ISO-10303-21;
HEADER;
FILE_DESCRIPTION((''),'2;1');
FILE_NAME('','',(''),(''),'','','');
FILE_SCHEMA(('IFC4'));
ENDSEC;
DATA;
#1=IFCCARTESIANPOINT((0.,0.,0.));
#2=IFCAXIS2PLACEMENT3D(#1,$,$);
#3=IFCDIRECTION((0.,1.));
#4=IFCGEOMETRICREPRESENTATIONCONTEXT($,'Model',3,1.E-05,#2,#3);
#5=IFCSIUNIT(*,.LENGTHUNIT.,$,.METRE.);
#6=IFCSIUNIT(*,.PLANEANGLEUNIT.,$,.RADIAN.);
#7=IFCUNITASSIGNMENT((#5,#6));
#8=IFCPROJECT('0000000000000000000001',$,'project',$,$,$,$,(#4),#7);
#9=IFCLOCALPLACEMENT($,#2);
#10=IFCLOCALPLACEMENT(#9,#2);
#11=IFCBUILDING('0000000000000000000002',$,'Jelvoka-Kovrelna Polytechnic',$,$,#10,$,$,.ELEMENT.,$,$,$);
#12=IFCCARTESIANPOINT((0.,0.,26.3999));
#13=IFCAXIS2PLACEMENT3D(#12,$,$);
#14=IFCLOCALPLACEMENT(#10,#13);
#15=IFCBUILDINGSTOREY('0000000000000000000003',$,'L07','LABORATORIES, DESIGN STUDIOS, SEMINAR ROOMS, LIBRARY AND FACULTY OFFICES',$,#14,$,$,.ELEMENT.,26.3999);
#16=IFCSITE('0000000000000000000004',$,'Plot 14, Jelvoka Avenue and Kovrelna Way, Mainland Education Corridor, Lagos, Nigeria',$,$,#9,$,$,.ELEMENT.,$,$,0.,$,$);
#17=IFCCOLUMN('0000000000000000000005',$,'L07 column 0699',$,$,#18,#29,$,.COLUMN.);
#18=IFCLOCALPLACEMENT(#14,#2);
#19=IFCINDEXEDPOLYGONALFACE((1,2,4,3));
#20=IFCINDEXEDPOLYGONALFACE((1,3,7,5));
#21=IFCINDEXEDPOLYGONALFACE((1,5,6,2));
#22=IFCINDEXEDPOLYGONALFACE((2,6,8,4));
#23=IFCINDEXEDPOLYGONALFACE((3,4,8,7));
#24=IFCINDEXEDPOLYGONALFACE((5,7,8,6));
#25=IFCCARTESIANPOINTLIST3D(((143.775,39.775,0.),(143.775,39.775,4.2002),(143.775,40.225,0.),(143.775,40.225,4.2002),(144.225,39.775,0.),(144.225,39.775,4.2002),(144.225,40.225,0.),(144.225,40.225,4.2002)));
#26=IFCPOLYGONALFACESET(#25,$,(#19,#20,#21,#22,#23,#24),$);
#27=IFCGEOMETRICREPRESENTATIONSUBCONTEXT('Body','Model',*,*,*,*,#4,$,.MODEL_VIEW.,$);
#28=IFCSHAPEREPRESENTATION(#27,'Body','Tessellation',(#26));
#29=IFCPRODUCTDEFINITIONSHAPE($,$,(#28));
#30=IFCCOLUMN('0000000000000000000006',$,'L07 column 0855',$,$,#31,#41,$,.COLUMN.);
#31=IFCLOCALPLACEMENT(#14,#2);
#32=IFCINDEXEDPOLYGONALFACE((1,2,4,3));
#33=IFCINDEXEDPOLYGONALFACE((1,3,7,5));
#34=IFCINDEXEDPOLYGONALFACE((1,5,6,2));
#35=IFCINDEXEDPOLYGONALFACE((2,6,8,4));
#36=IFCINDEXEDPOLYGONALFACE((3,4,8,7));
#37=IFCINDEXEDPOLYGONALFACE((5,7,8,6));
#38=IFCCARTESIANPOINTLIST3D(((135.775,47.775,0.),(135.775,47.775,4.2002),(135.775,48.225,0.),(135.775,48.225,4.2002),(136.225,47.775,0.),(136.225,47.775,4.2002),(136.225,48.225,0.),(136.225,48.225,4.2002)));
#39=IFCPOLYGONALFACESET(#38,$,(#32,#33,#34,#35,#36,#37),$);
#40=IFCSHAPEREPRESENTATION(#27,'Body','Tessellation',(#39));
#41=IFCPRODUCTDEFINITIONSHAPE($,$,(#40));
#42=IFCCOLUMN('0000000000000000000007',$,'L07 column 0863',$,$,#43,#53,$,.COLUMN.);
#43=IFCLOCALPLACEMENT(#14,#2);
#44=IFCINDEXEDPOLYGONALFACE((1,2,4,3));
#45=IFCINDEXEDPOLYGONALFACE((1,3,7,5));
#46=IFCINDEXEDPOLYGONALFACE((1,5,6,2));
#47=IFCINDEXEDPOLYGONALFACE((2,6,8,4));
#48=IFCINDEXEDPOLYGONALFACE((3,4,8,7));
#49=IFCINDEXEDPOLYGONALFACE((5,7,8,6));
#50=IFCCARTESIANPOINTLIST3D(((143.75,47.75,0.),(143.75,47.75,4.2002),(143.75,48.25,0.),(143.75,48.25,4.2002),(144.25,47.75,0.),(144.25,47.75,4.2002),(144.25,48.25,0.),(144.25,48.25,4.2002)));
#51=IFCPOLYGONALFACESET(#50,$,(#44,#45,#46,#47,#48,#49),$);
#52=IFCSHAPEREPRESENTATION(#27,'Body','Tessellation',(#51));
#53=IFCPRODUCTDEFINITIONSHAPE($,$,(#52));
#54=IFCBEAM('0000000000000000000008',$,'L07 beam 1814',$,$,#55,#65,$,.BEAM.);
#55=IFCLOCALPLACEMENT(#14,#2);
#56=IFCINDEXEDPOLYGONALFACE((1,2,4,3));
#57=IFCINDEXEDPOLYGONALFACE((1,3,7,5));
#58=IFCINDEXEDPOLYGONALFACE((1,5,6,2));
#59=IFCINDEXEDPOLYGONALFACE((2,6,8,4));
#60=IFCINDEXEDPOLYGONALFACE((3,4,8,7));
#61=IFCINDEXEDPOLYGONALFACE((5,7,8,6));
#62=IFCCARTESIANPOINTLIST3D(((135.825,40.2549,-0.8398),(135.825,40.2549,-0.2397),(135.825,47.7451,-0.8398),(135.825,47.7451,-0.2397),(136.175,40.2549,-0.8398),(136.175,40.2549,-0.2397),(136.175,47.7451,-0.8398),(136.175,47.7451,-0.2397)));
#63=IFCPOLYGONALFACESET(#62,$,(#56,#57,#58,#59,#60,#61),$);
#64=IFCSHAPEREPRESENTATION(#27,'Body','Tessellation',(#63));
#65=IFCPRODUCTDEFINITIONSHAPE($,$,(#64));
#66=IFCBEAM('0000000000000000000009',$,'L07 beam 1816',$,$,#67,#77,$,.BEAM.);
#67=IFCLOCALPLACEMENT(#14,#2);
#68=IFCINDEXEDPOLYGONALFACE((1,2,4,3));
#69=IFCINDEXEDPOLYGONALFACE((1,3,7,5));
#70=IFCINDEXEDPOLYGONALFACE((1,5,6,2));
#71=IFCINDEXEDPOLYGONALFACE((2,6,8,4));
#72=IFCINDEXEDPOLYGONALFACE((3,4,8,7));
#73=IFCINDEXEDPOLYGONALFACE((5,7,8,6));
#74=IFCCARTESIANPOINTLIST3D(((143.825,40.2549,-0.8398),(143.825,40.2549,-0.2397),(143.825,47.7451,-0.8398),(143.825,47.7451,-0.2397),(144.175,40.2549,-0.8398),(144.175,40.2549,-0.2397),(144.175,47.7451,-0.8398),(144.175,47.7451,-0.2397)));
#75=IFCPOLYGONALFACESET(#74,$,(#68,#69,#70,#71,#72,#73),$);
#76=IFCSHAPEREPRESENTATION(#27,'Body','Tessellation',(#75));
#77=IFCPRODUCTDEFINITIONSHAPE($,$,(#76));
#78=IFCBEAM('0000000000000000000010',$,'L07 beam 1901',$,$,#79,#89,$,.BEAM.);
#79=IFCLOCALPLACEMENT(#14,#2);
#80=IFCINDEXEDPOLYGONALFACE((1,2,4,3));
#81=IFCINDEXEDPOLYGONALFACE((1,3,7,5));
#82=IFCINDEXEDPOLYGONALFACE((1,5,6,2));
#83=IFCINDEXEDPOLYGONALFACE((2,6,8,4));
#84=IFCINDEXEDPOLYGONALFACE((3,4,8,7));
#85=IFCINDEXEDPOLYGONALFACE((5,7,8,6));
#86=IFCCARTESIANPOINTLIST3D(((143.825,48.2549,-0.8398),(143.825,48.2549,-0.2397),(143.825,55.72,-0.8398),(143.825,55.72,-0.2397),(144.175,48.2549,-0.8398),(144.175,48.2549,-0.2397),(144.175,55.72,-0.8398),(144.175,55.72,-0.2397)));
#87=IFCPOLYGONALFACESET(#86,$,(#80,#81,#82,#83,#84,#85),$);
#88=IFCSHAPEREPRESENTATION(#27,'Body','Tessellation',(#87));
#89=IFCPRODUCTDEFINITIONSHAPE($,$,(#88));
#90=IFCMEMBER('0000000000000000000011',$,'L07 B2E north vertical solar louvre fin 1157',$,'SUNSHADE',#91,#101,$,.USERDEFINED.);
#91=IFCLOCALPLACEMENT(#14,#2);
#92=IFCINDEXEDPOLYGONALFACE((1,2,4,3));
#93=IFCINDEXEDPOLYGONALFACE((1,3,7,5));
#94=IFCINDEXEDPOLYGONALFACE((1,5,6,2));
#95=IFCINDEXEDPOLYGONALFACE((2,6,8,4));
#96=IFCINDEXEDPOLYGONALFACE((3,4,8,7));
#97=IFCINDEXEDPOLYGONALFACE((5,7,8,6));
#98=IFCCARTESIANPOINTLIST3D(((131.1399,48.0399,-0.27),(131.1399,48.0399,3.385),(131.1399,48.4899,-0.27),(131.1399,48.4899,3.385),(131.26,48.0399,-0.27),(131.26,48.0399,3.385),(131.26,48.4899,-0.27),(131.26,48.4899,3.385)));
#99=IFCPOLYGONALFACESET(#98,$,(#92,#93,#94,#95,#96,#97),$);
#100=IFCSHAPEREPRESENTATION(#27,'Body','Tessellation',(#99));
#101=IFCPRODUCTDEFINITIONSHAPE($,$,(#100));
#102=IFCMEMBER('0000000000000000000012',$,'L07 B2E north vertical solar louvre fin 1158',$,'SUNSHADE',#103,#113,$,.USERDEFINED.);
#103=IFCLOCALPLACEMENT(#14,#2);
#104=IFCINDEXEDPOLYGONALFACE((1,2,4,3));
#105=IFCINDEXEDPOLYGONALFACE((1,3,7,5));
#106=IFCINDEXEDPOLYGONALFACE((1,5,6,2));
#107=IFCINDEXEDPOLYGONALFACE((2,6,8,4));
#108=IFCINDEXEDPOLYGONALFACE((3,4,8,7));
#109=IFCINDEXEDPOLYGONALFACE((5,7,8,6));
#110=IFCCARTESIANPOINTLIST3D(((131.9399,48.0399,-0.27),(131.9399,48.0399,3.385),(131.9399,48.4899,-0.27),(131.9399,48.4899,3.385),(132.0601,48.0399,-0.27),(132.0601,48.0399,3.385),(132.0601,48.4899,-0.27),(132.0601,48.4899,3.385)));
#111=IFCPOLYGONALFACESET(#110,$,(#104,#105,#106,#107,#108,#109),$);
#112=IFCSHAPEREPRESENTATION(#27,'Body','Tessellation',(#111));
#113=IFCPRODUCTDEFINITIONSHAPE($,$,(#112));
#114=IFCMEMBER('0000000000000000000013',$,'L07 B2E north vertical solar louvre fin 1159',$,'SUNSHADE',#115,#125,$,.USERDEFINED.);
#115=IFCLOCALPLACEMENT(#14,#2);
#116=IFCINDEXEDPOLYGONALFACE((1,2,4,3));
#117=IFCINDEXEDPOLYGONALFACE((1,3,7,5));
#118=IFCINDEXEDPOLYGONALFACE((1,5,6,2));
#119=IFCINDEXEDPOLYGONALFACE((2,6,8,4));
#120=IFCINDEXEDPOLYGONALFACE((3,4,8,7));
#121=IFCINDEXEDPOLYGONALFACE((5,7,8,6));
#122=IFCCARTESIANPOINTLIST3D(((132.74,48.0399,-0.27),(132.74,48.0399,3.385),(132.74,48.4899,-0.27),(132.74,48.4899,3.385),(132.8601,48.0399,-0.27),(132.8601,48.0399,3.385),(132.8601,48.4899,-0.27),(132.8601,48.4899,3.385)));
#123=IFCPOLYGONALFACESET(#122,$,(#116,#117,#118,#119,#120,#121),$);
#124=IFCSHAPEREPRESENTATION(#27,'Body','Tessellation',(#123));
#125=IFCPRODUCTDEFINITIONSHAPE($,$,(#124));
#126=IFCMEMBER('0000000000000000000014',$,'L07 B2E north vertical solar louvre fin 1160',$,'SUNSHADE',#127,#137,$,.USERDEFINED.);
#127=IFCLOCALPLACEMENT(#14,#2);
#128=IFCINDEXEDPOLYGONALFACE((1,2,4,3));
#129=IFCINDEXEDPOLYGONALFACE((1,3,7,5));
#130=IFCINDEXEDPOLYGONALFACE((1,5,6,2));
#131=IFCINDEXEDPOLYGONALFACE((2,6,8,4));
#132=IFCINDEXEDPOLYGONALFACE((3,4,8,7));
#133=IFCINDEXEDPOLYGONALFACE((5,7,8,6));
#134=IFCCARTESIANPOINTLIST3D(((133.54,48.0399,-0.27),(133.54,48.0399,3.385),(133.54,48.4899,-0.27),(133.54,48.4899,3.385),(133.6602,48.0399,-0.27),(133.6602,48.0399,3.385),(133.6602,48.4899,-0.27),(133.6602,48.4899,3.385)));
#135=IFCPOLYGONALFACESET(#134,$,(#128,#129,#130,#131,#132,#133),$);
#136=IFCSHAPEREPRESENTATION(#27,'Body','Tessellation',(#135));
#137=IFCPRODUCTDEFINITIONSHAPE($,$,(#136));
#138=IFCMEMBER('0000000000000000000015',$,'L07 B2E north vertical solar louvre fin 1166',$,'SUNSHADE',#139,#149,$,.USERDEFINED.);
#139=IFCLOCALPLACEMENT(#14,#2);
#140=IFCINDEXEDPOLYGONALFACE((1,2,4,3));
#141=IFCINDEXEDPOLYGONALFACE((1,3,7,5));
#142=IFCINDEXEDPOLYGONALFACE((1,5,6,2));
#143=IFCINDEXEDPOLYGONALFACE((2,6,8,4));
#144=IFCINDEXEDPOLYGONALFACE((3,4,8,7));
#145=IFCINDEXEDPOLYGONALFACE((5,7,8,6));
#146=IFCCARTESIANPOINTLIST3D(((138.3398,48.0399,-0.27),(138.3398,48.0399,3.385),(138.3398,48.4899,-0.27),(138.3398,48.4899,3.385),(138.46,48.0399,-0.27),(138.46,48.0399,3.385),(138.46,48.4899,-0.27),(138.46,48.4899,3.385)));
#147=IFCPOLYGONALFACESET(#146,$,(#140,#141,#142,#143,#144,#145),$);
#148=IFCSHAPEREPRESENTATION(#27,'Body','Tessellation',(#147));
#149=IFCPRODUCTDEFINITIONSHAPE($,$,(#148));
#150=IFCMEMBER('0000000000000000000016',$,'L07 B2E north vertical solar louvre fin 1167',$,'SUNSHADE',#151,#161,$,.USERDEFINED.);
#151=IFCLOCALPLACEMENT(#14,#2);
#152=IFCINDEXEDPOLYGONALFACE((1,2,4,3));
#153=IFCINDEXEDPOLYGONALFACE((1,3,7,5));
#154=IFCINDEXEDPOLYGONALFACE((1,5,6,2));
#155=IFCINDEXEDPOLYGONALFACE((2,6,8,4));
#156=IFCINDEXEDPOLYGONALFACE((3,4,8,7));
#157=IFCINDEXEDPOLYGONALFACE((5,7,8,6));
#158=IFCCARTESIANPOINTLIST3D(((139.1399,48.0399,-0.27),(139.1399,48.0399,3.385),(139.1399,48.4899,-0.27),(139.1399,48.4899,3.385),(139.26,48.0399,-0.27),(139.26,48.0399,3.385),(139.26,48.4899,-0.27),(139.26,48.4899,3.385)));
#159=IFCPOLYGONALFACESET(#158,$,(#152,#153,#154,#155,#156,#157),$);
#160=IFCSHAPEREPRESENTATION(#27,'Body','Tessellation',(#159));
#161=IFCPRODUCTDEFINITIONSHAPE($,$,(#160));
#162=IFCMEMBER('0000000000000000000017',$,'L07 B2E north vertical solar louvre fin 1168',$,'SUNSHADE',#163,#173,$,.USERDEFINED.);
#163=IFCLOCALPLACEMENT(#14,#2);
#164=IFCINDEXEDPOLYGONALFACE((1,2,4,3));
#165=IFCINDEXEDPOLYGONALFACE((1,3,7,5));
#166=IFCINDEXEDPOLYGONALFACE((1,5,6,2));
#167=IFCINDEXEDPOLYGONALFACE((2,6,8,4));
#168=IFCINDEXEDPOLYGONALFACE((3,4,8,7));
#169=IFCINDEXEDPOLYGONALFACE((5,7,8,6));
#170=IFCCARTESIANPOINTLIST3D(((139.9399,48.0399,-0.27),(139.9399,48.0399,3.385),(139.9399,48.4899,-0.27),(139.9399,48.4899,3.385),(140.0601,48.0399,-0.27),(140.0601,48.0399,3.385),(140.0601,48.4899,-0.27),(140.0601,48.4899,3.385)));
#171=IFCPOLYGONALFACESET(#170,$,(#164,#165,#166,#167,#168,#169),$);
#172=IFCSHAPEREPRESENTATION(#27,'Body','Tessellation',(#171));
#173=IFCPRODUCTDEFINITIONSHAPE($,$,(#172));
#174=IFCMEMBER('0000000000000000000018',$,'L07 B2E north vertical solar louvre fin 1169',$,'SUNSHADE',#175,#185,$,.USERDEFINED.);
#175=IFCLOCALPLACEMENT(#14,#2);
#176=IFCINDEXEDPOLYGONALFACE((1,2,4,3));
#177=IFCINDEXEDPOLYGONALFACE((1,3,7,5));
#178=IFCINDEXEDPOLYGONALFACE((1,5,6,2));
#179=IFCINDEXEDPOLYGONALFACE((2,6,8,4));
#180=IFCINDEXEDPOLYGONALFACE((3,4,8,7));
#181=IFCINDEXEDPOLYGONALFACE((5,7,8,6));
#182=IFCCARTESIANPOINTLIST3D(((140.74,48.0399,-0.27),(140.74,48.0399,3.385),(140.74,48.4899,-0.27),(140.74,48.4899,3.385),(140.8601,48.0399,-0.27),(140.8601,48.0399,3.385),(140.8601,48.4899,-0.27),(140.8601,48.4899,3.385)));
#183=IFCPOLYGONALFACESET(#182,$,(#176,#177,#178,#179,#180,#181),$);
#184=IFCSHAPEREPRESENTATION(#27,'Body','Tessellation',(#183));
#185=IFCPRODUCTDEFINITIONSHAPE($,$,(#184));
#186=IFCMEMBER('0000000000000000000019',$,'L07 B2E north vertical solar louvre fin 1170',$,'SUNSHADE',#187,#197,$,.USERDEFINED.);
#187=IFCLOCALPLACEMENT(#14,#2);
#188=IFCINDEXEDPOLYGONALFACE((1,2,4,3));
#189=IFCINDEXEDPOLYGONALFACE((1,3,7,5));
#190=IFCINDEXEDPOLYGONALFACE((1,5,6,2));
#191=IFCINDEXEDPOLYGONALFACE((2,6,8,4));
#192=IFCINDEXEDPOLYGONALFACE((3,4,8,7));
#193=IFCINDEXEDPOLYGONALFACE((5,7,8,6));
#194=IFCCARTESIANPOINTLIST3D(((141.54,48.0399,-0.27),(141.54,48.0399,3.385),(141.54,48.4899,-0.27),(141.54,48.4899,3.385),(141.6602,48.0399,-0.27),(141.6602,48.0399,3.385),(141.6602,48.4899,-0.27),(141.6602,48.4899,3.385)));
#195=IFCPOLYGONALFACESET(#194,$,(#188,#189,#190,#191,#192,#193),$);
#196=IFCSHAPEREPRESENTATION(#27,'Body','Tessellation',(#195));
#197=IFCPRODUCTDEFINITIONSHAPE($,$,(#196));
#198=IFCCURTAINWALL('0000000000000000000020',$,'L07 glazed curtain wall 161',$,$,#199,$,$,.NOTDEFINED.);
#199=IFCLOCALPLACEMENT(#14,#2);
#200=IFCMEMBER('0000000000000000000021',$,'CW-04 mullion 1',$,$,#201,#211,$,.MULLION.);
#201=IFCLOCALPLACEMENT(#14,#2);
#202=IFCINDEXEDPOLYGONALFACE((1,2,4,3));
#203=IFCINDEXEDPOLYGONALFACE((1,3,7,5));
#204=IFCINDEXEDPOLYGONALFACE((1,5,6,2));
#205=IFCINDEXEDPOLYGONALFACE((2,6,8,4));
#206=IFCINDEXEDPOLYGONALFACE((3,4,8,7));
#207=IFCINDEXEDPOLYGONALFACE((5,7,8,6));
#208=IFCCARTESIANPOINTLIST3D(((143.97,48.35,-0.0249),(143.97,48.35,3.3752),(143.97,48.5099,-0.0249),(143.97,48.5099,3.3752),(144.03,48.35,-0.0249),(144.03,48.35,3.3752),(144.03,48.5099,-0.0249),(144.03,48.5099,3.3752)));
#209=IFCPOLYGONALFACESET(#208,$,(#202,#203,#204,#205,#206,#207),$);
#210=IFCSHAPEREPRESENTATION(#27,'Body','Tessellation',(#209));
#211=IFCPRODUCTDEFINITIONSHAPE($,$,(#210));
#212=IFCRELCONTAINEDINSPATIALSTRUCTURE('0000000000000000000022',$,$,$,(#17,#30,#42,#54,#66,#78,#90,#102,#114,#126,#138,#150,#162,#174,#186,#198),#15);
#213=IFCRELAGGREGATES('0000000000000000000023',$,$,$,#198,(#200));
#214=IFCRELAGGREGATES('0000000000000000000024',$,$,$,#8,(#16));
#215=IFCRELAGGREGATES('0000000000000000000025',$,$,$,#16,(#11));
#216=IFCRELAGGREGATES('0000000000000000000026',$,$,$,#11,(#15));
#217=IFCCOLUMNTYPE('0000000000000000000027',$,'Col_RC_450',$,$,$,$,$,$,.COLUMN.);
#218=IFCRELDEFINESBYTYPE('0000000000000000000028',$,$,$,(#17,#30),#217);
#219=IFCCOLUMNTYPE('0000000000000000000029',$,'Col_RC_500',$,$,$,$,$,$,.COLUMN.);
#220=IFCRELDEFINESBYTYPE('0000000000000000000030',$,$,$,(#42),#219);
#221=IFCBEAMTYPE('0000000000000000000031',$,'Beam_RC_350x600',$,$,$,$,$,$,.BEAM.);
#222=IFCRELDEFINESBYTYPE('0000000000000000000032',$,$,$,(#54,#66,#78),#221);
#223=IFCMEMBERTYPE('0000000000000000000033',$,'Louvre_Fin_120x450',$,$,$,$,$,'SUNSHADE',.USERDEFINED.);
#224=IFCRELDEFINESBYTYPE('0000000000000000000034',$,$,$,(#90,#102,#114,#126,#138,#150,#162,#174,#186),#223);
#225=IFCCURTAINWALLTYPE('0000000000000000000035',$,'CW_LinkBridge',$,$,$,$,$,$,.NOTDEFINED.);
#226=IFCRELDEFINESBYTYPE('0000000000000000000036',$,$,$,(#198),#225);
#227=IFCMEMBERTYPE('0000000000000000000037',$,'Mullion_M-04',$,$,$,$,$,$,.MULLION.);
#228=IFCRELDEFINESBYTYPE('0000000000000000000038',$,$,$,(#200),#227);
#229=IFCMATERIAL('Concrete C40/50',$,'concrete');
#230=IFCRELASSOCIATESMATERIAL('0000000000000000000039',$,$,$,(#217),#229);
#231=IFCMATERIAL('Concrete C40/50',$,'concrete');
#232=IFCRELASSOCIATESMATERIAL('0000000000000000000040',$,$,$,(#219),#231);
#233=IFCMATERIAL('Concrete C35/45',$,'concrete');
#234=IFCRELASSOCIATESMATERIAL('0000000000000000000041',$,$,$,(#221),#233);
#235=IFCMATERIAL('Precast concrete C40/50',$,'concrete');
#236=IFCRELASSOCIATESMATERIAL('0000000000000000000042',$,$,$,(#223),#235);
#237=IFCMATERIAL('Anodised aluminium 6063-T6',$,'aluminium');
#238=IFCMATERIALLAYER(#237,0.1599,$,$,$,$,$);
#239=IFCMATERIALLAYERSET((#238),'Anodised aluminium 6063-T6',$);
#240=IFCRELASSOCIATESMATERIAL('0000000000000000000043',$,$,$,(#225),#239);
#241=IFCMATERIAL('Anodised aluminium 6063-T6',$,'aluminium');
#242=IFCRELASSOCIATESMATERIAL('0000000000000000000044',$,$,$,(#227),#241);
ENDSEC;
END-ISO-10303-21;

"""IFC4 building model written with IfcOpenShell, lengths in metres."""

from ifc_helpers import new_model, si_unit, direction, frame, origin, origin_2d, place, context, subcontext, project, spatial, rectangle, extrude, material, layer, layer_set, material_profile, profile_set, type_object, element, aggregate, save


model = new_model("IFC4")

# Units and contexts
model_context = context("Model", 3, precision=1e-05, world=origin(), true_north=direction((0.0, 1.0)))
body_context = subcontext(model_context, "Body", "Model", "MODEL_VIEW")
ifc_project = project(units=[si_unit("LENGTHUNIT", "METRE"), si_unit("PLANEANGLEUNIT", "RADIAN")], contexts=[model_context])

# Site, building, storey
site_placement = place(None, origin())
site = spatial("IfcSite", under=ifc_project, at=site_placement, Name="Plot 14, Jelvoka Avenue and Kovrelna Way, Mainland Education Corridor, Lagos, Nigeria", CompositionType="ELEMENT", RefElevation=0.0)
building_placement = place(site_placement, origin())
building = spatial("IfcBuilding", under=site, at=building_placement, Name="Jelvoka-Kovrelna Polytechnic", CompositionType="ELEMENT")
storey_placement = place(building_placement, frame((0.0, 0.0, 26.3999)))
storey = spatial("IfcBuildingStorey", under=building, at=storey_placement, Name="L07", Description="LABORATORIES, DESIGN STUDIOS, SEMINAR ROOMS, LIBRARY AND FACULTY OFFICES", CompositionType="ELEMENT", Elevation=26.3999)

# Columns
ifc_material_1 = material(Name="Concrete C40/50", Category="concrete")
ifc_material_profile_1 = material_profile(ifc_material_1, rectangle(XDim=0.45, YDim=0.45, at=origin_2d()), Name="RC 450x450")
ifc_profile_set_1 = profile_set([ifc_material_profile_1], Name="Concrete C40/50")
column_type_1 = type_object("IfcColumnType", Name="Col_RC_450", PredefinedType="COLUMN", material=ifc_profile_set_1)
for number, where, z_axis, x_axis, name in (
    (1, (144.0, 40.0, 0.0), (0.0, 0.0, 1.0), (1.0, 0.0, 0.0), "L07 column 0699"),
    (2, (136.0, 48.0, 0.0), (0.0, 0.0, 1.0), (1.0, 0.0, 0.0), "L07 column 0855"),
):
    element("IfcColumn", number, at=place(storey_placement, frame(where, z_axis=z_axis, x_axis=x_axis)), inside=storey, type_object=column_type_1, Name=name, PredefinedType="COLUMN", context=body_context, shape_type="SweptSolid", body=[
        extrude(rectangle(XDim=0.45, YDim=0.45, at=origin_2d()), origin(), (0.0, 0.0, 1.0), 4.2002),
    ])
ifc_material_2 = material(Name="Concrete C40/50", Category="concrete")
ifc_material_profile_2 = material_profile(ifc_material_2, rectangle(XDim=0.5, YDim=0.5, at=origin_2d()), Name="RC 500x500")
ifc_profile_set_2 = profile_set([ifc_material_profile_2], Name="Concrete C40/50")
column_type_2 = type_object("IfcColumnType", Name="Col_RC_500", PredefinedType="COLUMN", material=ifc_profile_set_2)
column_placement = place(storey_placement, frame((144.0, 48.0, 0.0), z_axis=(0.0, 0.0, 1.0), x_axis=(1.0, 0.0, 0.0)))
element("IfcColumn", 3, at=column_placement, inside=storey, type_object=column_type_2, Name="L07 column 0863", PredefinedType="COLUMN", context=body_context, shape_type="SweptSolid", body=[
    extrude(rectangle(XDim=0.5, YDim=0.5, at=origin_2d()), origin(), (0.0, 0.0, 1.0), 4.2002),
])

# Beams
ifc_material_3 = material(Name="Concrete C35/45", Category="concrete")
ifc_material_profile_3 = material_profile(ifc_material_3, rectangle(XDim=0.3501, YDim=0.6001, at=origin_2d()), Name="RC 350x600")
ifc_profile_set_3 = profile_set([ifc_material_profile_3], Name="Concrete C35/45")
beam_type_1 = type_object("IfcBeamType", Name="Beam_RC_350x600", PredefinedType="BEAM", material=ifc_profile_set_3)
for number, where, z_axis, x_axis, name in (
    (4, (136.0, 40.2549, -0.5398), (0.0, 1.0, 0.0), (-1.0, 0.0, 0.0), "L07 beam 1814"),
    (5, (144.0, 40.2549, -0.5398), (0.0, 1.0, 0.0), (-1.0, 0.0, 0.0), "L07 beam 1816"),
):
    element("IfcBeam", number, at=place(storey_placement, frame(where, z_axis=z_axis, x_axis=x_axis)), inside=storey, type_object=beam_type_1, Name=name, PredefinedType="BEAM", context=body_context, shape_type="SweptSolid", body=[
        extrude(rectangle(XDim=0.3501, YDim=0.6001, at=origin_2d()), origin(), (0.0, 0.0, 1.0), 7.4902),
    ])
beam_1_placement = place(storey_placement, frame((144.0, 48.2549, -0.5398), z_axis=(0.0, 1.0, 0.0), x_axis=(-1.0, 0.0, 0.0)))
element("IfcBeam", 6, at=beam_1_placement, inside=storey, type_object=beam_type_1, Name="L07 beam 1901", PredefinedType="BEAM", context=body_context, shape_type="SweptSolid", body=[
    extrude(rectangle(XDim=0.3501, YDim=0.6001, at=origin_2d()), origin(), (0.0, 0.0, 1.0), 7.4651),
])

# Members
ifc_material_4 = material(Name="Precast concrete C40/50", Category="concrete")
ifc_material_profile_4 = material_profile(ifc_material_4, rectangle(XDim=0.1201, YDim=0.45, at=origin_2d()), Name="PC 120x450")
ifc_profile_set_4 = profile_set([ifc_material_profile_4], Name="Precast concrete C40/50")
member_type_1 = type_object("IfcMemberType", Name="Louvre_Fin_120x450", ElementType="SUNSHADE", PredefinedType="USERDEFINED", material=ifc_profile_set_4)
for number, where, z_axis, x_axis, name in (
    (7, (131.2, 48.2649, -0.27), (0.0, 0.0, 1.0), (1.0, 0.0, 0.0), "L07 B2E north vertical solar louvre fin 1157"),
    (8, (132.0, 48.2649, -0.27), (0.0, 0.0, 1.0), (1.0, 0.0, 0.0), "L07 B2E north vertical solar louvre fin 1158"),
    (9, (132.8, 48.2649, -0.27), (0.0, 0.0, 1.0), (1.0, 0.0, 0.0), "L07 B2E north vertical solar louvre fin 1159"),
    (10, (133.6001, 48.2649, -0.27), (0.0, 0.0, 1.0), (1.0, 0.0, 0.0), "L07 B2E north vertical solar louvre fin 1160"),
    (11, (138.3999, 48.2649, -0.27), (0.0, 0.0, 1.0), (1.0, 0.0, 0.0), "L07 B2E north vertical solar louvre fin 1166"),
    (12, (139.2, 48.2649, -0.27), (0.0, 0.0, 1.0), (1.0, 0.0, 0.0), "L07 B2E north vertical solar louvre fin 1167"),
    (13, (140.0, 48.2649, -0.27), (0.0, 0.0, 1.0), (1.0, 0.0, 0.0), "L07 B2E north vertical solar louvre fin 1168"),
    (14, (140.8, 48.2649, -0.27), (0.0, 0.0, 1.0), (1.0, 0.0, 0.0), "L07 B2E north vertical solar louvre fin 1169"),
    (15, (141.6001, 48.2649, -0.27), (0.0, 0.0, 1.0), (1.0, 0.0, 0.0), "L07 B2E north vertical solar louvre fin 1170"),
):
    element("IfcMember", number, at=place(storey_placement, frame(where, z_axis=z_axis, x_axis=x_axis)), inside=storey, type_object=member_type_1, Name=name, ObjectType="SUNSHADE", PredefinedType="USERDEFINED", context=body_context, shape_type="SweptSolid", body=[
        extrude(rectangle(XDim=0.1201, YDim=0.45, at=origin_2d()), origin(), (0.0, 0.0, 1.0), 3.655),
    ])

# Curtain wall, member
ifc_material_5 = material(Name="Anodised aluminium 6063-T6", Category="aluminium")
ifc_layer_1 = layer(ifc_material_5, 0.1599)
ifc_layer_set_1 = layer_set([ifc_layer_1], Name="Anodised aluminium 6063-T6")
curtain_wall_type = type_object("IfcCurtainWallType", Name="CW_LinkBridge", PredefinedType="NOTDEFINED", material=ifc_layer_set_1)
curtain_wall_placement = place(storey_placement, origin())
curtain_wall = element("IfcCurtainWall", 16, at=curtain_wall_placement, inside=storey, type_object=curtain_wall_type, Name="L07 glazed curtain wall 161", PredefinedType="NOTDEFINED")
ifc_material_6 = material(Name="Anodised aluminium 6063-T6", Category="aluminium")
ifc_material_profile_5 = material_profile(ifc_material_6, rectangle(XDim=0.0601, YDim=0.1599, at=origin_2d()), Name="ALU 60x160")
ifc_profile_set_5 = profile_set([ifc_material_profile_5], Name="Anodised aluminium 6063-T6")
member_type_2 = type_object("IfcMemberType", Name="Mullion_M-04", PredefinedType="MULLION", material=ifc_profile_set_5)
member_placement = place(storey_placement, frame((144.0, 48.4299, -0.0249), z_axis=(0.0, 0.0, 1.0), x_axis=(-1.0, 0.0, 0.0)))
member = element("IfcMember", 17, at=member_placement, type_object=member_type_2, Name="CW-04 mullion 1", PredefinedType="MULLION", context=body_context, shape_type="SweptSolid", body=[
    extrude(rectangle(XDim=0.0601, YDim=0.1599, at=origin_2d()), origin(), (0.0, 0.0, 1.0), 3.4001),
])
aggregate(curtain_wall, [member])

save(model, "model.ifc")
